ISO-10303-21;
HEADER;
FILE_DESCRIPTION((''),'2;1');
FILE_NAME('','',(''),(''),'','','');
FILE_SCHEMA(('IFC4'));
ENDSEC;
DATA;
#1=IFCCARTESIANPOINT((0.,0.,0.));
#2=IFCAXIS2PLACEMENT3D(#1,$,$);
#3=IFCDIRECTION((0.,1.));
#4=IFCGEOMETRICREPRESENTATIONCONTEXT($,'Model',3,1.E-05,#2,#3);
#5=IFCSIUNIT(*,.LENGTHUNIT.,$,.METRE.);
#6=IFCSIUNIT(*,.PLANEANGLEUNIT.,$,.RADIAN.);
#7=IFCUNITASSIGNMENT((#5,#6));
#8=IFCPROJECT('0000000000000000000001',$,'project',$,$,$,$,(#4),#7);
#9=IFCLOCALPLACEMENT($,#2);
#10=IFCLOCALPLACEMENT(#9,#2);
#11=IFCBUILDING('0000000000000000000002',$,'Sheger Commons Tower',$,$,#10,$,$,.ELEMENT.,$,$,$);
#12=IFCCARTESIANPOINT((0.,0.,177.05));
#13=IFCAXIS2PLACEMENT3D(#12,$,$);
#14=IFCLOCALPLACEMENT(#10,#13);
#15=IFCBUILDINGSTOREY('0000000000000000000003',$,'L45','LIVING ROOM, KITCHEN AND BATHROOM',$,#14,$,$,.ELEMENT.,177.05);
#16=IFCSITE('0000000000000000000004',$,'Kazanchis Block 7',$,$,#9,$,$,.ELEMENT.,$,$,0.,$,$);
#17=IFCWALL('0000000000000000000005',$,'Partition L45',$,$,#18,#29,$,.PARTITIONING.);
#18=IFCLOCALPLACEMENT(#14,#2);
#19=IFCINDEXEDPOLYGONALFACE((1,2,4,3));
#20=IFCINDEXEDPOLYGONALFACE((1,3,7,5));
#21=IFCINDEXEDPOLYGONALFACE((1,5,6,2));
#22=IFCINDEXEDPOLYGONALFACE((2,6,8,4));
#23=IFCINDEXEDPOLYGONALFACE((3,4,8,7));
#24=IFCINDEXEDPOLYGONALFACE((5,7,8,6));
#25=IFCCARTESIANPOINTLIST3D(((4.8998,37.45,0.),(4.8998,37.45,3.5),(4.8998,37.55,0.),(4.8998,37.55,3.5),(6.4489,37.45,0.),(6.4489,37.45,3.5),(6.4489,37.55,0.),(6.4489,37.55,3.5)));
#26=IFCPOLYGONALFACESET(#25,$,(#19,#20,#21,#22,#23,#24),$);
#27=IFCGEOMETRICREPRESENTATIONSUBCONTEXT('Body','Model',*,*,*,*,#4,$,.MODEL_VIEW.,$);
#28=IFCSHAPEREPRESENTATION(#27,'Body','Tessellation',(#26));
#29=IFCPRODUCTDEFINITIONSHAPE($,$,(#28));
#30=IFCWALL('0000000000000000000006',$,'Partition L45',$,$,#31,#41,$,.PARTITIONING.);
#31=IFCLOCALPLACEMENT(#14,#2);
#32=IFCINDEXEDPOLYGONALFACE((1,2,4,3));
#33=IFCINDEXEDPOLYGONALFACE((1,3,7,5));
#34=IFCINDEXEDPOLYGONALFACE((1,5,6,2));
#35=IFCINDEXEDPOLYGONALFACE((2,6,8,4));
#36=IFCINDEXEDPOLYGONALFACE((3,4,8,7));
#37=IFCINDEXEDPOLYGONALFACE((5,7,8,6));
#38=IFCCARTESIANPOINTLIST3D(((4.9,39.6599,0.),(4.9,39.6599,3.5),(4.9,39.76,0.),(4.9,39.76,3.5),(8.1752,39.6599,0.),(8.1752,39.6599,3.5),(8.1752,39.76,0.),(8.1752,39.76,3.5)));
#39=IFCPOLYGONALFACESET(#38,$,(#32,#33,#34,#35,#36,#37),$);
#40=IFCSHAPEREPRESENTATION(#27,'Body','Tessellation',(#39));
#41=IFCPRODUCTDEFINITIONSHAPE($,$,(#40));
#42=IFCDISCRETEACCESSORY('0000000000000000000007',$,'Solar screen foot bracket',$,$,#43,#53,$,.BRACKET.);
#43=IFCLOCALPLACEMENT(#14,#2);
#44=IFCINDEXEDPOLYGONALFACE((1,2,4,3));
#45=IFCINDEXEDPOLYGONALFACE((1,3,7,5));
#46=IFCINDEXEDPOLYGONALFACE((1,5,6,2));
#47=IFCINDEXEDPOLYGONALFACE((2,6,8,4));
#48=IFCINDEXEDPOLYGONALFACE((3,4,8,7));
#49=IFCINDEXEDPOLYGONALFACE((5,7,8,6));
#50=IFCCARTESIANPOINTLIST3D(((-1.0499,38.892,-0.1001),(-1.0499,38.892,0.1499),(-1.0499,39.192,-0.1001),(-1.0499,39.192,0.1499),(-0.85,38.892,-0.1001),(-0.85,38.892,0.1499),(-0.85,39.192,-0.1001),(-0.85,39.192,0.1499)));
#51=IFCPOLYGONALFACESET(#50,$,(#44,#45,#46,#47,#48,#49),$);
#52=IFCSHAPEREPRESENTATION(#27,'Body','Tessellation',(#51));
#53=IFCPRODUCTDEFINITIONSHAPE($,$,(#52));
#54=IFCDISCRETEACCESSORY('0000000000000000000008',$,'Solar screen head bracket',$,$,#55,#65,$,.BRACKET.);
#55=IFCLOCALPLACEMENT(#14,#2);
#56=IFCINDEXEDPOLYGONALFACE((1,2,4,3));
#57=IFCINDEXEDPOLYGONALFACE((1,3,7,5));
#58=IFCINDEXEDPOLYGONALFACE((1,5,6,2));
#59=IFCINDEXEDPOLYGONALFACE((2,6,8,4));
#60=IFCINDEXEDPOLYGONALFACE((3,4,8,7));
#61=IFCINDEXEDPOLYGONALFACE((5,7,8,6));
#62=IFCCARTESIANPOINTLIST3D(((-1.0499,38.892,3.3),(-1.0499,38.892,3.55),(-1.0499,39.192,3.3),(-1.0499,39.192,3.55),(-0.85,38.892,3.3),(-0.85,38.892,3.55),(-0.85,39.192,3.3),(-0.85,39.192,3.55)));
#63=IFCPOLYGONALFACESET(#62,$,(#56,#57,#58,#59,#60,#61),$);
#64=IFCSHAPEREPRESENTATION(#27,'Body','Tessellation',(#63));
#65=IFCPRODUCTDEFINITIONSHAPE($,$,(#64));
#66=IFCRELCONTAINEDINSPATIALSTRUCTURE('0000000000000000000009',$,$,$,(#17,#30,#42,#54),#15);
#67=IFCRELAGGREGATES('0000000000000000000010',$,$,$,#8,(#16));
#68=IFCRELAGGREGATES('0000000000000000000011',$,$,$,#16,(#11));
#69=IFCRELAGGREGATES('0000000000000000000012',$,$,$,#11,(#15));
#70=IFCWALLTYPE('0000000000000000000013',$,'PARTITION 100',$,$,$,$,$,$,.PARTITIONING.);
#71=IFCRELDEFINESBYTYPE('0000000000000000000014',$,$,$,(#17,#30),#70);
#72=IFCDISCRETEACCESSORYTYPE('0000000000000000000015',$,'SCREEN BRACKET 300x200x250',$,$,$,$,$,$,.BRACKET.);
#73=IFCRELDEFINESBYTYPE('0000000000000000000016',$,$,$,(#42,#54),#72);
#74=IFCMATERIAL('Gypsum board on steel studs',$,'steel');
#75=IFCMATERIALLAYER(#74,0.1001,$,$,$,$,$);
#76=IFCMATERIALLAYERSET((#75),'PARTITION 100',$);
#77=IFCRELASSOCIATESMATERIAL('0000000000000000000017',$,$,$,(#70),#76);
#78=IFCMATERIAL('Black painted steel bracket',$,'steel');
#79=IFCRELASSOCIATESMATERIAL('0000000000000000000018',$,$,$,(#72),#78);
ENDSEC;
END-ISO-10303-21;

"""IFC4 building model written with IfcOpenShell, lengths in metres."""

from ifc_helpers import new_model, si_unit, direction, frame, frame_2d, origin, origin_2d, place, context, subcontext, project, spatial, rectangle, extrude, material, layer, layer_set, type_object, element, save


model = new_model("IFC4")

# Units and contexts
model_context = context("Model", 3, precision=1e-05, world=origin(), true_north=direction((0.0, 1.0)))
body_context = subcontext(model_context, "Body", "Model", "MODEL_VIEW")
ifc_project = project(units=[si_unit("LENGTHUNIT", "METRE"), si_unit("PLANEANGLEUNIT", "RADIAN")], contexts=[model_context])

# Site, building, storey
site_placement = place(None, origin())
site = spatial("IfcSite", under=ifc_project, at=site_placement, Name="Kazanchis Block 7", CompositionType="ELEMENT", RefElevation=0.0)
building_placement = place(site_placement, origin())
building = spatial("IfcBuilding", under=site, at=building_placement, Name="Sheger Commons Tower", CompositionType="ELEMENT")
storey_placement = place(building_placement, frame((0.0, 0.0, 177.05)))
storey = spatial("IfcBuildingStorey", under=building, at=storey_placement, Name="L45", Description="LIVING ROOM, KITCHEN AND BATHROOM", CompositionType="ELEMENT", Elevation=177.05)

# Shared definitions
ifc_material_1 = material(Name="Gypsum board on steel studs", Category="steel")
ifc_layer_1 = layer(ifc_material_1, 0.1001)
ifc_layer_set_1 = layer_set([ifc_layer_1], Name="PARTITION 100")
wall_type_1 = type_object("IfcWallType", Name="PARTITION 100", PredefinedType="PARTITIONING", material=ifc_layer_set_1)

# Walls
wall_1_placement = place(storey_placement, frame((4.8999, 37.5, 0.0), z_axis=(0.0, 0.0, 1.0), x_axis=(1.0, 0.0, 0.0)))
element("IfcWall", 1, at=wall_1_placement, inside=storey, type_object=wall_type_1, Name="Partition L45", PredefinedType="PARTITIONING", context=body_context, shape_type="SweptSolid", body=[
    extrude(rectangle(XDim=1.5491, YDim=0.1001, at=frame_2d((0.7744, 0.0))), origin(), (0.0, 0.0, 1.0), 3.5),
])
wall_2_placement = place(storey_placement, frame((4.8999, 39.71, 0.0), z_axis=(0.0, 0.0, 1.0), x_axis=(1.0, 0.0, 0.0)))
element("IfcWall", 2, at=wall_2_placement, inside=storey, type_object=wall_type_1, Name="Partition L45", PredefinedType="PARTITIONING", context=body_context, shape_type="SweptSolid", body=[
    extrude(rectangle(XDim=3.2751, YDim=0.1001, at=frame_2d((1.6377, 0.0))), origin(), (0.0, 0.0, 1.0), 3.5),
])

# Discrete accessories
ifc_material_2 = material(Name="Black painted steel bracket", Category="steel")
discrete_accessory_type = type_object("IfcDiscreteAccessoryType", Name="SCREEN BRACKET 300x200x250", PredefinedType="BRACKET", material=ifc_material_2)
for number, where, z_axis, x_axis, name in (
    (3, (-0.95, 39.042, -0.1001), (0.0, 0.0, 1.0), (0.0, -1.0, 0.0), "Solar screen foot bracket"),
    (4, (-0.95, 39.042, 3.3), (0.0, 0.0, 1.0), (0.0, -1.0, 0.0), "Solar screen head bracket"),
):
    element("IfcDiscreteAccessory", number, at=place(storey_placement, frame(where, z_axis=z_axis, x_axis=x_axis)), inside=storey, type_object=discrete_accessory_type, Name=name, PredefinedType="BRACKET", context=body_context, shape_type="SweptSolid", body=[
        extrude(rectangle(XDim=0.3, YDim=0.2, at=origin_2d()), origin(), (0.0, 0.0, 1.0), 0.25),
    ])

save(model, "model.ifc")
